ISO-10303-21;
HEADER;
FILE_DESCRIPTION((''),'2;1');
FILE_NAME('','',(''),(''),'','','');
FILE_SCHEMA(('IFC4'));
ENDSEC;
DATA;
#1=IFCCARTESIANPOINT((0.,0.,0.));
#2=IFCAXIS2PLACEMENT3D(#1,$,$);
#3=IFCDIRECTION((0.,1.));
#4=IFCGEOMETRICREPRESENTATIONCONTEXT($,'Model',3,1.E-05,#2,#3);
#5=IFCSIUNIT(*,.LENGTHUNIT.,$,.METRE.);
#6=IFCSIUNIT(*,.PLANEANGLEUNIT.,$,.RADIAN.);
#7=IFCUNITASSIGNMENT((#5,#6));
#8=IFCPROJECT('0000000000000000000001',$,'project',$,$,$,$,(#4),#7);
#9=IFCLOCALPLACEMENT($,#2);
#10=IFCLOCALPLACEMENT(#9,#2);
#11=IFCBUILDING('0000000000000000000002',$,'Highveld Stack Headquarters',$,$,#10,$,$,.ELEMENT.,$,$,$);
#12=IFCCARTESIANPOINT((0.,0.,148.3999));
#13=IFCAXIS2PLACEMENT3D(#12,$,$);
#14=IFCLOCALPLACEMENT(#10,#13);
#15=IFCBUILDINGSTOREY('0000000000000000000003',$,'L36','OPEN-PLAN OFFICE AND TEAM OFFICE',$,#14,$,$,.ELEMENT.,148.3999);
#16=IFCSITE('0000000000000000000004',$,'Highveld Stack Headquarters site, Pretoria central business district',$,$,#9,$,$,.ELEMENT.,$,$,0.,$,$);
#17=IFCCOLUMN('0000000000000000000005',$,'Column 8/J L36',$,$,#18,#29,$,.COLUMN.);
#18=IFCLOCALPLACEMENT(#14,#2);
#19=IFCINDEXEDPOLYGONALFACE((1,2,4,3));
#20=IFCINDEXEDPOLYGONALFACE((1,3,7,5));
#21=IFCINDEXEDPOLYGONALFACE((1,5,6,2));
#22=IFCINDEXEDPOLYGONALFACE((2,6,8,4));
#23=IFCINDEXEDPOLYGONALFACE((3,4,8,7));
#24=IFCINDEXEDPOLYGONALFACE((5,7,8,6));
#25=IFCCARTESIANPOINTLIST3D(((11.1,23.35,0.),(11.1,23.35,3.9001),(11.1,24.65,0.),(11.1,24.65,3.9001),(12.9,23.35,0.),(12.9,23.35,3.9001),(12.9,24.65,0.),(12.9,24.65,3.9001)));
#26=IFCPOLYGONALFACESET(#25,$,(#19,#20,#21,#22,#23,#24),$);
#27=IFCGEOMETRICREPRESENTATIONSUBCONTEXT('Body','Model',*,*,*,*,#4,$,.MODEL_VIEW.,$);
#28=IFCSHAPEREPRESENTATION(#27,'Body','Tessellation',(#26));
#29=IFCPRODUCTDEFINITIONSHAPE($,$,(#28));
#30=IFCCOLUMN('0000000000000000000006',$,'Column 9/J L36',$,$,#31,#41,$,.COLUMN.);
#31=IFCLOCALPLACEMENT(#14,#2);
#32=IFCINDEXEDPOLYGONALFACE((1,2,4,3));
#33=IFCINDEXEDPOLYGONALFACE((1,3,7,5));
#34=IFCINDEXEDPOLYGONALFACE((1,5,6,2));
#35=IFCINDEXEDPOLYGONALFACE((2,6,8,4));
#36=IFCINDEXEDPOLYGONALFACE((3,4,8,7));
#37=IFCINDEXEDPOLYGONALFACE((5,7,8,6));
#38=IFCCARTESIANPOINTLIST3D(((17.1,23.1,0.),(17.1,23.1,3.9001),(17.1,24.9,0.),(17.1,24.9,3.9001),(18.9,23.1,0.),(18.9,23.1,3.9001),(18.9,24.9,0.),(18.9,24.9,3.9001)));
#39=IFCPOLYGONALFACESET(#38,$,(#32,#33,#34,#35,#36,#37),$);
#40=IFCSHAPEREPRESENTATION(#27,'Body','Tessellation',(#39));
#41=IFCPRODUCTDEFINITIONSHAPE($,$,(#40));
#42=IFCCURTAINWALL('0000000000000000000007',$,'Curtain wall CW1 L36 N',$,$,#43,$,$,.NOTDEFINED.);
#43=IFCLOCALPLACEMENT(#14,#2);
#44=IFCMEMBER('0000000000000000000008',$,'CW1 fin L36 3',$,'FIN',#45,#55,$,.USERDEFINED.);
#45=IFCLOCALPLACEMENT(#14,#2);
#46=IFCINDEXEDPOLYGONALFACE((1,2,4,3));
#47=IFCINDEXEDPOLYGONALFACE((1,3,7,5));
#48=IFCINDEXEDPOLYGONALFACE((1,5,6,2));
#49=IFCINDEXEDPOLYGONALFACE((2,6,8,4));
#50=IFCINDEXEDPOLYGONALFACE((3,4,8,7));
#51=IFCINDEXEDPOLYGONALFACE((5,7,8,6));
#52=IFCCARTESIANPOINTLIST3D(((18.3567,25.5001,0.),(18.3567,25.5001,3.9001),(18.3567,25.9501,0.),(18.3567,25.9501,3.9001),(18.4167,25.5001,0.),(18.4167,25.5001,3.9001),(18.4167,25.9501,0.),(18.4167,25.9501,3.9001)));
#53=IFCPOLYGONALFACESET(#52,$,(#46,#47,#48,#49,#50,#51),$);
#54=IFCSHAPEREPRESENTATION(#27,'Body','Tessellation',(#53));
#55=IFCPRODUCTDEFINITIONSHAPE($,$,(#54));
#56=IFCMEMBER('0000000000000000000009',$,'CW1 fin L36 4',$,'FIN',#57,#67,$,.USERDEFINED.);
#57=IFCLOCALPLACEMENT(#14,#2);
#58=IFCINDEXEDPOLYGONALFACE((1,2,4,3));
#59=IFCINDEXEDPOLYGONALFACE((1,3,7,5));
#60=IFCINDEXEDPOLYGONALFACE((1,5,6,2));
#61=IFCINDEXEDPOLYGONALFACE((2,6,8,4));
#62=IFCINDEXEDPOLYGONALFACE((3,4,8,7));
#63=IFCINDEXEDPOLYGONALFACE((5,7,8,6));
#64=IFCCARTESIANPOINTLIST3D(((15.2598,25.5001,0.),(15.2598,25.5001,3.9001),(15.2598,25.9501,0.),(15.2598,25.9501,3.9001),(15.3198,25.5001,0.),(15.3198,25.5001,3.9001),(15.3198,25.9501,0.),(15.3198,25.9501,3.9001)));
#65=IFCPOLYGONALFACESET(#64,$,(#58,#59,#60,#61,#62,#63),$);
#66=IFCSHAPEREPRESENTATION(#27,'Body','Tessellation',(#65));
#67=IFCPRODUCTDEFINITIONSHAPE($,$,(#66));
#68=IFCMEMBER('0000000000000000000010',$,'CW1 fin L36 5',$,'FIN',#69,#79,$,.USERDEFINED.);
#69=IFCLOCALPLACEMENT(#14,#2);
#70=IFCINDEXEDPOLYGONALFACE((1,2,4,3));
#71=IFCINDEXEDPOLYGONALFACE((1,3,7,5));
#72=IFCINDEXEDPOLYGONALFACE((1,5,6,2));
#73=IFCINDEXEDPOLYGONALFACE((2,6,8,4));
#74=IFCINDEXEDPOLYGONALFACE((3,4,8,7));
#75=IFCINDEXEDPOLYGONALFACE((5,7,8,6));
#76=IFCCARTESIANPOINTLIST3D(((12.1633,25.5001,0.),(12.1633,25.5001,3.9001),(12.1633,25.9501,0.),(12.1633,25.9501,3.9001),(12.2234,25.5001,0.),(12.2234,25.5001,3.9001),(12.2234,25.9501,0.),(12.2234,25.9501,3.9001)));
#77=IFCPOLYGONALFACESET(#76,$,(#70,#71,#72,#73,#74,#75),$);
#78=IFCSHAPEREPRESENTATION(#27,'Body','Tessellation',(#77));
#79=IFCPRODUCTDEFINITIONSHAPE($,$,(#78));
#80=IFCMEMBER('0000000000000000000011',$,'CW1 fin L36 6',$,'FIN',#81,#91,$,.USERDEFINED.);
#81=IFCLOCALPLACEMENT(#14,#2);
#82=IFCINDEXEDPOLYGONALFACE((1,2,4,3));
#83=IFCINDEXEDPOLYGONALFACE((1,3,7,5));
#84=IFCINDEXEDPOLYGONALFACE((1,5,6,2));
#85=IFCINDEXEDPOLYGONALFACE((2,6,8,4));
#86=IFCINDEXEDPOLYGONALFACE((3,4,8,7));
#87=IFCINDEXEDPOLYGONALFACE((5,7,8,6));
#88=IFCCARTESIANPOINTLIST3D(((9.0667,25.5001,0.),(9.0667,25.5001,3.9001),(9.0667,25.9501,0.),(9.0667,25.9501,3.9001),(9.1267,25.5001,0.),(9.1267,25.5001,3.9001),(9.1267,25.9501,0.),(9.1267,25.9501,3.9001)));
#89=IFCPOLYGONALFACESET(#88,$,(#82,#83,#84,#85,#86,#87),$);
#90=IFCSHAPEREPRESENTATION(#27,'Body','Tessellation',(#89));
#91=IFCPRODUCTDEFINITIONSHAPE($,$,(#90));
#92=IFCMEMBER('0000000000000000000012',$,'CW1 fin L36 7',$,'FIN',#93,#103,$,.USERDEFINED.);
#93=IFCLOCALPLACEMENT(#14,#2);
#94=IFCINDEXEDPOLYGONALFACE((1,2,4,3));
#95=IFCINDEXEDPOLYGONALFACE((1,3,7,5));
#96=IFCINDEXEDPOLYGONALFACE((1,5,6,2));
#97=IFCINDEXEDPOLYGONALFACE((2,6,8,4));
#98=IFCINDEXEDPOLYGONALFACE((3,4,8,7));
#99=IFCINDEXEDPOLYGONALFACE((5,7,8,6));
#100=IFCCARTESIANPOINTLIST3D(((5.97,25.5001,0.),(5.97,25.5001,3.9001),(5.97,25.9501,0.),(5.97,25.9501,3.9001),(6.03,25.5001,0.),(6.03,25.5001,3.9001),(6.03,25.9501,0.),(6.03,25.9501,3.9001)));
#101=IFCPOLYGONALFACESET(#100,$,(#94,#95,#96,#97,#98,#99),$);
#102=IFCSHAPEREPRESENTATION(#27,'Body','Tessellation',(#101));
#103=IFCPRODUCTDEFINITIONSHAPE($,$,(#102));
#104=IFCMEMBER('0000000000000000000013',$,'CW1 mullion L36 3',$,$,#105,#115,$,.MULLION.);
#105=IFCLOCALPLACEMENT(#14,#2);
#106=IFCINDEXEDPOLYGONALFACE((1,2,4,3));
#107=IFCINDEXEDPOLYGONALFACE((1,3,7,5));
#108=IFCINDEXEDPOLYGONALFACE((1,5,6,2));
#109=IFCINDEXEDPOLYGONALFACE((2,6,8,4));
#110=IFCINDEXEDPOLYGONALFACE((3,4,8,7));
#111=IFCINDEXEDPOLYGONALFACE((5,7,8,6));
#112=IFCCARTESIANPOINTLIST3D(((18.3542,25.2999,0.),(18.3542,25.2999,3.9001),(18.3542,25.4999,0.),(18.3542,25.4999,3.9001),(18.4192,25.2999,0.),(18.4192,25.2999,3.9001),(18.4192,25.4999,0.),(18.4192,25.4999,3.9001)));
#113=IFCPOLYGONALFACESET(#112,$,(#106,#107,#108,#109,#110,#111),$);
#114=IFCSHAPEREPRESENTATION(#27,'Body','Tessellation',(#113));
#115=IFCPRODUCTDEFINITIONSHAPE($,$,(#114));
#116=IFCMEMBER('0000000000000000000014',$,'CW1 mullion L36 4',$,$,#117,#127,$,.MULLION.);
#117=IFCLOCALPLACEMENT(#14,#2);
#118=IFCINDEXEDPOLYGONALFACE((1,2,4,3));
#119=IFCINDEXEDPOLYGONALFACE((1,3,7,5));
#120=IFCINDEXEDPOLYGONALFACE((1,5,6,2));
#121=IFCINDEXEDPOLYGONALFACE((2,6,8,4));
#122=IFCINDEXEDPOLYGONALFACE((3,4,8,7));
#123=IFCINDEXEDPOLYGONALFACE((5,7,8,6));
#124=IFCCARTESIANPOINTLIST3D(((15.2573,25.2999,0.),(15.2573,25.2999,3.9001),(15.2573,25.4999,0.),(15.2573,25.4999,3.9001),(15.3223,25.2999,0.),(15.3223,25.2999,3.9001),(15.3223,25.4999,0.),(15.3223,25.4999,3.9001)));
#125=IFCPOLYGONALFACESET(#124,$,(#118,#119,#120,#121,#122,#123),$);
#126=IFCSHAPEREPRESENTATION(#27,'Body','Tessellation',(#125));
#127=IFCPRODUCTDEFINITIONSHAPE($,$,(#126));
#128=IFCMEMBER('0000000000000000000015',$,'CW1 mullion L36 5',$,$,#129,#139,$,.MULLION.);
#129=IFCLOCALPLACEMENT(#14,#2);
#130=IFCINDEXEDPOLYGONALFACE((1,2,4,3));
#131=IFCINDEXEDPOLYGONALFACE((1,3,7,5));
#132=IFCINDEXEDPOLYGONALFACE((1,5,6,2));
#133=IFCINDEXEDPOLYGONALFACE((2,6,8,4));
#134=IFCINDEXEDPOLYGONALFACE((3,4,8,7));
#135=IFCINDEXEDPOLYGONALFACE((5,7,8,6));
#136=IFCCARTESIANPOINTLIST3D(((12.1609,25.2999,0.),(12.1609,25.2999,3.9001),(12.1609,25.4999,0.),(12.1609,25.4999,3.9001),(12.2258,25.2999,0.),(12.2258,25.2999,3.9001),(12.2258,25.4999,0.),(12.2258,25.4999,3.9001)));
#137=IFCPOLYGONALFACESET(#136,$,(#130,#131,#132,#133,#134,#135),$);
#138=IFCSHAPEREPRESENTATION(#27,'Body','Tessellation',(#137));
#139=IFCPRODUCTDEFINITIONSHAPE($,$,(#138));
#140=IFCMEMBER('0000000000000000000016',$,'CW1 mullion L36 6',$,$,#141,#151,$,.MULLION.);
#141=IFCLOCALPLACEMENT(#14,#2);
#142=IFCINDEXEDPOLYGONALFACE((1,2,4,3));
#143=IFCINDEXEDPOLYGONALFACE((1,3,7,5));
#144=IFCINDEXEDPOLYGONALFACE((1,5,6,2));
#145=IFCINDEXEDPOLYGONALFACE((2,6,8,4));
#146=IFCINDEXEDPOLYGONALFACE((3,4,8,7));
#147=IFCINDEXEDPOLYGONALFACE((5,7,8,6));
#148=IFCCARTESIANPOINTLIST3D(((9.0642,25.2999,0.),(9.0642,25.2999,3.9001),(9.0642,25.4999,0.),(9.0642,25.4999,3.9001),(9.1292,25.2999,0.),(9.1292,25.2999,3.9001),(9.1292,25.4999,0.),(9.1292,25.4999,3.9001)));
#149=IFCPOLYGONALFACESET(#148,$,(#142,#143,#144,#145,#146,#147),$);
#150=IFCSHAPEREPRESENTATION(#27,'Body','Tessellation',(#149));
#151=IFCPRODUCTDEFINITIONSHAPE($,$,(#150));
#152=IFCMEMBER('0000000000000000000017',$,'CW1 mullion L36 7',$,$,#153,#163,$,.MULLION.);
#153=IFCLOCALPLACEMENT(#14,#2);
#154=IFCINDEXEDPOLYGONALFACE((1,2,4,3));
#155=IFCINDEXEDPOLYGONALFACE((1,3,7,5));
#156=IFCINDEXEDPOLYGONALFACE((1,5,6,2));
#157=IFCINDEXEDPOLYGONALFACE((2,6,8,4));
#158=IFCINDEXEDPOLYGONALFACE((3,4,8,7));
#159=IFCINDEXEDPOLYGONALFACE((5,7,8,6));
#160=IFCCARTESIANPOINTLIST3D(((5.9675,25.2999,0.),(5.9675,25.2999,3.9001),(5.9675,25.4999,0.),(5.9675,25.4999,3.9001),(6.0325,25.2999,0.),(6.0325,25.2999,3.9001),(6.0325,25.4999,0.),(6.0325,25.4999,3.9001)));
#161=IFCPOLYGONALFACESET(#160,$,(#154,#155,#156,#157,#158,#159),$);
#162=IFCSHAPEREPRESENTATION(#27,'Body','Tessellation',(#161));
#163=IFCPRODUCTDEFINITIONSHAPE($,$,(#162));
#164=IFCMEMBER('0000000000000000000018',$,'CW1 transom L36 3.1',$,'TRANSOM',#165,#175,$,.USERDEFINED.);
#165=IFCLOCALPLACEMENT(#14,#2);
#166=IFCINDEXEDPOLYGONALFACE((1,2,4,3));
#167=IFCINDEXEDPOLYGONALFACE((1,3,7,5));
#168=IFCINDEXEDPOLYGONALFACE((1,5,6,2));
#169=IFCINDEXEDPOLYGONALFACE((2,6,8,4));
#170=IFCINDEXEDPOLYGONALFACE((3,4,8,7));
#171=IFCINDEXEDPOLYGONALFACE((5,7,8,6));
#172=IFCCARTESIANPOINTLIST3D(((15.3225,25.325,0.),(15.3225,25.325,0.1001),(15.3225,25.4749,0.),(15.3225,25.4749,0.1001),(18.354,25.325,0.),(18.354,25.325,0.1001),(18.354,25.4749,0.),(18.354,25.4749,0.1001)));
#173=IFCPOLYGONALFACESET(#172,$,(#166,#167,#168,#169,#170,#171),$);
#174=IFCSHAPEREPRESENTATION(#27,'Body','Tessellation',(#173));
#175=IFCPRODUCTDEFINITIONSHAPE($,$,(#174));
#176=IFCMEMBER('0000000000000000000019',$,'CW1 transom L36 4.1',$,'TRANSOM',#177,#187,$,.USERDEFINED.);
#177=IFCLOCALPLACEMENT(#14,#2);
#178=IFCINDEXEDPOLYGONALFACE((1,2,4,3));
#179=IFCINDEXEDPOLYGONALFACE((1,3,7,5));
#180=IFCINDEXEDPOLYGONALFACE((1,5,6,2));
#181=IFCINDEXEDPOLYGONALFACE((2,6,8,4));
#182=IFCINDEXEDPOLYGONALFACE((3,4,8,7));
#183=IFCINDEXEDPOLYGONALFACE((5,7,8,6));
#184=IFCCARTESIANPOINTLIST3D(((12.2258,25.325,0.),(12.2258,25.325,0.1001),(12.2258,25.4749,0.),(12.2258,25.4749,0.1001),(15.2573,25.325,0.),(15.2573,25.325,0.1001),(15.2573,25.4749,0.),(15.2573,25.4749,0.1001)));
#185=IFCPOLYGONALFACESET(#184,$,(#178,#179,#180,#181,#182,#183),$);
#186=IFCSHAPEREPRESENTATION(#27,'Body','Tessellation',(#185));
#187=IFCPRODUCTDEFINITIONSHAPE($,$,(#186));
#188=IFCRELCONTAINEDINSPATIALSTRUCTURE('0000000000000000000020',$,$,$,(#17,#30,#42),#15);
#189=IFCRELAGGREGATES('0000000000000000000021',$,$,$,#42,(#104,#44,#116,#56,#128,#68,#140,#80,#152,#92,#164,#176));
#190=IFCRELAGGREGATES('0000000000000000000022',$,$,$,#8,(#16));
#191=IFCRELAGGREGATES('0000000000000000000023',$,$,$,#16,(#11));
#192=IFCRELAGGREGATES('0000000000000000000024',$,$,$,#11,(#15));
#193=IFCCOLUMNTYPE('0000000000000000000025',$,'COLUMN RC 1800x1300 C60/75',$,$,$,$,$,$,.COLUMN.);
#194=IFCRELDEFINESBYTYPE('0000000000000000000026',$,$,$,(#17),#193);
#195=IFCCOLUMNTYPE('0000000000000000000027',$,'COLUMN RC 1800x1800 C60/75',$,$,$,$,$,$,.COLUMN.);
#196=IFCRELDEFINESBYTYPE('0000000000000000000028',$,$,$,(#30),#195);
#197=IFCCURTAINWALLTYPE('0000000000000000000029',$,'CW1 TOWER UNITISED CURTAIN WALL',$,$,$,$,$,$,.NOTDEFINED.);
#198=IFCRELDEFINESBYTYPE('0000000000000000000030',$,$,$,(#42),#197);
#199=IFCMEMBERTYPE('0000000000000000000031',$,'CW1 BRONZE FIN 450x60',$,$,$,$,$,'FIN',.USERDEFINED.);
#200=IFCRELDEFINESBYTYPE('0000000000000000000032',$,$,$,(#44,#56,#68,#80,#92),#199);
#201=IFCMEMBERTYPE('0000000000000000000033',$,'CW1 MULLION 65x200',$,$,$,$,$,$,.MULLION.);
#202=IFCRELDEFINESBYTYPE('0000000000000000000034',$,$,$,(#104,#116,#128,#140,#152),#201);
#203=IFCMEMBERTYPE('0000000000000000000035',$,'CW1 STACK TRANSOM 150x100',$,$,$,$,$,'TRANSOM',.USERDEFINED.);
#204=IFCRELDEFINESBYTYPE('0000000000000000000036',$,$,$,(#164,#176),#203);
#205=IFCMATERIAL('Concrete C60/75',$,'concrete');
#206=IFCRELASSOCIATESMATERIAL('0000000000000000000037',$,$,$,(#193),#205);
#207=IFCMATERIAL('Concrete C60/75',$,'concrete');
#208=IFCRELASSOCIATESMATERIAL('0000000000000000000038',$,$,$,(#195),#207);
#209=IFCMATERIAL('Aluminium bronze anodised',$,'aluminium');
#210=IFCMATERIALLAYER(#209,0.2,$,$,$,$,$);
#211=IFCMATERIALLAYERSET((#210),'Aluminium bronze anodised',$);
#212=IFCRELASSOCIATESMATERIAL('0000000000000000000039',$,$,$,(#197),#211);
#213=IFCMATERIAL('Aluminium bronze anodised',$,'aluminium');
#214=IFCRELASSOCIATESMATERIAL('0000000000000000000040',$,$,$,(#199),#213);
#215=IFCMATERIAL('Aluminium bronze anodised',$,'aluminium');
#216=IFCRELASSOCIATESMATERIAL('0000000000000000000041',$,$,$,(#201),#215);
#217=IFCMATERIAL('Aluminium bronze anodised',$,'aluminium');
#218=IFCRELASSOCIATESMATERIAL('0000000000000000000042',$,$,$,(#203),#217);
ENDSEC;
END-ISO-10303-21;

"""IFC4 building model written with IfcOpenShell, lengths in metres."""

from ifc_helpers import new_model, si_unit, direction, frame, origin, origin_2d, place, context, subcontext, project, spatial, rectangle, extrude, material, layer, layer_set, material_profile, profile_set, type_object, element, aggregate, save


model = new_model("IFC4")

# Units and contexts
model_context = context("Model", 3, precision=1e-05, world=origin(), true_north=direction((0.0, 1.0)))
body_context = subcontext(model_context, "Body", "Model", "MODEL_VIEW")
ifc_project = project(units=[si_unit("LENGTHUNIT", "METRE"), si_unit("PLANEANGLEUNIT", "RADIAN")], contexts=[model_context])

# Site, building, storey
site_placement = place(None, origin())
site = spatial("IfcSite", under=ifc_project, at=site_placement, Name="Highveld Stack Headquarters site, Pretoria central business district", CompositionType="ELEMENT", RefElevation=0.0)
building_placement = place(site_placement, origin())
building = spatial("IfcBuilding", under=site, at=building_placement, Name="Highveld Stack Headquarters", CompositionType="ELEMENT")
storey_placement = place(building_placement, frame((0.0, 0.0, 148.3999)))
storey = spatial("IfcBuildingStorey", under=building, at=storey_placement, Name="L36", Description="OPEN-PLAN OFFICE AND TEAM OFFICE", CompositionType="ELEMENT", Elevation=148.3999)

# Columns
ifc_material_1 = material(Name="Concrete C60/75", Category="concrete")
ifc_material_profile_1 = material_profile(ifc_material_1, rectangle(XDim=1.8, YDim=1.3, at=origin_2d()), Name="RC 1800x1300")
ifc_profile_set_1 = profile_set([ifc_material_profile_1], Name="Concrete C60/75")
column_type_1 = type_object("IfcColumnType", Name="COLUMN RC 1800x1300 C60/75", PredefinedType="COLUMN", material=ifc_profile_set_1)
column_1_placement = place(storey_placement, frame((12.0, 24.0, 0.0), z_axis=(0.0, 0.0, 1.0), x_axis=(1.0, 0.0, 0.0)))
element("IfcColumn", 1, at=column_1_placement, inside=storey, type_object=column_type_1, Name="Column 8/J L36", PredefinedType="COLUMN", context=body_context, shape_type="SweptSolid", body=[
    extrude(rectangle(XDim=1.8, YDim=1.3, at=origin_2d()), origin(), (0.0, 0.0, 1.0), 3.9001),
])
ifc_material_2 = material(Name="Concrete C60/75", Category="concrete")
ifc_material_profile_2 = material_profile(ifc_material_2, rectangle(XDim=1.8, YDim=1.8, at=origin_2d()), Name="RC 1800x1800")
ifc_profile_set_2 = profile_set([ifc_material_profile_2], Name="Concrete C60/75")
column_type_2 = type_object("IfcColumnType", Name="COLUMN RC 1800x1800 C60/75", PredefinedType="COLUMN", material=ifc_profile_set_2)
column_2_placement = place(storey_placement, frame((18.0, 24.0, 0.0), z_axis=(0.0, 0.0, 1.0), x_axis=(1.0, 0.0, 0.0)))
element("IfcColumn", 2, at=column_2_placement, inside=storey, type_object=column_type_2, Name="Column 9/J L36", PredefinedType="COLUMN", context=body_context, shape_type="SweptSolid", body=[
    extrude(rectangle(XDim=1.8, YDim=1.8, at=origin_2d()), origin(), (0.0, 0.0, 1.0), 3.9001),
])

# Curtain wall, members
ifc_material_3 = material(Name="Aluminium bronze anodised", Category="aluminium")
ifc_layer_1 = layer(ifc_material_3, 0.2)
ifc_layer_set_1 = layer_set([ifc_layer_1], Name="Aluminium bronze anodised")
curtain_wall_type = type_object("IfcCurtainWallType", Name="CW1 TOWER UNITISED CURTAIN WALL", PredefinedType="NOTDEFINED", material=ifc_layer_set_1)
curtain_wall_placement = place(storey_placement, origin())
curtain_wall = element("IfcCurtainWall", 3, at=curtain_wall_placement, inside=storey, type_object=curtain_wall_type, Name="Curtain wall CW1 L36 N", PredefinedType="NOTDEFINED")
ifc_material_4 = material(Name="Aluminium bronze anodised", Category="aluminium")
ifc_material_profile_3 = material_profile(ifc_material_4, rectangle(XDim=0.45, YDim=0.0601, at=origin_2d()), Name="FIN 450x60")
ifc_profile_set_3 = profile_set([ifc_material_profile_3], Name="Aluminium bronze anodised")
member_type_1 = type_object("IfcMemberType", Name="CW1 BRONZE FIN 450x60", ElementType="FIN", PredefinedType="USERDEFINED", material=ifc_profile_set_3)
member_1_placement = place(storey_placement, frame((18.3867, 25.7251, 0.0), z_axis=(0.0, 0.0, 1.0), x_axis=(0.0, -1.0, 0.0)))
member_1 = element("IfcMember", 4, at=member_1_placement, type_object=member_type_1, Name="CW1 fin L36 3", ObjectType="FIN", PredefinedType="USERDEFINED", context=body_context, shape_type="SweptSolid", body=[
    extrude(rectangle(XDim=0.45, YDim=0.0601, at=origin_2d()), origin(), (0.0, 0.0, 1.0), 3.9001),
])
member_2_placement = place(storey_placement, frame((15.2898, 25.7251, 0.0), z_axis=(0.0, 0.0, 1.0), x_axis=(0.0, -1.0, 0.0)))
member_2 = element("IfcMember", 5, at=member_2_placement, type_object=member_type_1, Name="CW1 fin L36 4", ObjectType="FIN", PredefinedType="USERDEFINED", context=body_context, shape_type="SweptSolid", body=[
    extrude(rectangle(XDim=0.45, YDim=0.0601, at=origin_2d()), origin(), (0.0, 0.0, 1.0), 3.9001),
])
member_3_placement = place(storey_placement, frame((12.1934, 25.7251, 0.0), z_axis=(0.0, 0.0, 1.0), x_axis=(0.0, -1.0, 0.0)))
member_3 = element("IfcMember", 6, at=member_3_placement, type_object=member_type_1, Name="CW1 fin L36 5", ObjectType="FIN", PredefinedType="USERDEFINED", context=body_context, shape_type="SweptSolid", body=[
    extrude(rectangle(XDim=0.45, YDim=0.0601, at=origin_2d()), origin(), (0.0, 0.0, 1.0), 3.9001),
])
member_4_placement = place(storey_placement, frame((9.0967, 25.7251, 0.0), z_axis=(0.0, 0.0, 1.0), x_axis=(0.0, -1.0, 0.0)))
member_4 = element("IfcMember", 7, at=member_4_placement, type_object=member_type_1, Name="CW1 fin L36 6", ObjectType="FIN", PredefinedType="USERDEFINED", context=body_context, shape_type="SweptSolid", body=[
    extrude(rectangle(XDim=0.45, YDim=0.0601, at=origin_2d()), origin(), (0.0, 0.0, 1.0), 3.9001),
])
member_5_placement = place(storey_placement, frame((6.0, 25.7251, 0.0), z_axis=(0.0, 0.0, 1.0), x_axis=(0.0, -1.0, 0.0)))
member_5 = element("IfcMember", 8, at=member_5_placement, type_object=member_type_1, Name="CW1 fin L36 7", ObjectType="FIN", PredefinedType="USERDEFINED", context=body_context, shape_type="SweptSolid", body=[
    extrude(rectangle(XDim=0.45, YDim=0.0601, at=origin_2d()), origin(), (0.0, 0.0, 1.0), 3.9001),
])
ifc_material_5 = material(Name="Aluminium bronze anodised", Category="aluminium")
ifc_material_profile_4 = material_profile(ifc_material_5, rectangle(XDim=0.2, YDim=0.0649, at=origin_2d()), Name="CW1 MULLION 65x200")
ifc_profile_set_4 = profile_set([ifc_material_profile_4], Name="Aluminium bronze anodised")
member_type_2 = type_object("IfcMemberType", Name="CW1 MULLION 65x200", PredefinedType="MULLION", material=ifc_profile_set_4)
member_6_placement = place(storey_placement, frame((18.3867, 25.3999, 0.0), z_axis=(0.0, 0.0, 1.0), x_axis=(0.0, -1.0, 0.0)))
member_6 = element("IfcMember", 9, at=member_6_placement, type_object=member_type_2, Name="CW1 mullion L36 3", PredefinedType="MULLION", context=body_context, shape_type="SweptSolid", body=[
    extrude(rectangle(XDim=0.2, YDim=0.0649, at=origin_2d()), origin(), (0.0, 0.0, 1.0), 3.9001),
])
member_7_placement = place(storey_placement, frame((15.2898, 25.3999, 0.0), z_axis=(0.0, 0.0, 1.0), x_axis=(0.0, -1.0, 0.0)))
member_7 = element("IfcMember", 10, at=member_7_placement, type_object=member_type_2, Name="CW1 mullion L36 4", PredefinedType="MULLION", context=body_context, shape_type="SweptSolid", body=[
    extrude(rectangle(XDim=0.2, YDim=0.0649, at=origin_2d()), origin(), (0.0, 0.0, 1.0), 3.9001),
])
member_8_placement = place(storey_placement, frame((12.1934, 25.3999, 0.0), z_axis=(0.0, 0.0, 1.0), x_axis=(0.0, -1.0, 0.0)))
member_8 = element("IfcMember", 11, at=member_8_placement, type_object=member_type_2, Name="CW1 mullion L36 5", PredefinedType="MULLION", context=body_context, shape_type="SweptSolid", body=[
    extrude(rectangle(XDim=0.2, YDim=0.0649, at=origin_2d()), origin(), (0.0, 0.0, 1.0), 3.9001),
])
member_9_placement = place(storey_placement, frame((9.0967, 25.3999, 0.0), z_axis=(0.0, 0.0, 1.0), x_axis=(0.0, -1.0, 0.0)))
member_9 = element("IfcMember", 12, at=member_9_placement, type_object=member_type_2, Name="CW1 mullion L36 6", PredefinedType="MULLION", context=body_context, shape_type="SweptSolid", body=[
    extrude(rectangle(XDim=0.2, YDim=0.0649, at=origin_2d()), origin(), (0.0, 0.0, 1.0), 3.9001),
])
member_10_placement = place(storey_placement, frame((6.0, 25.3999, 0.0), z_axis=(0.0, 0.0, 1.0), x_axis=(0.0, -1.0, 0.0)))
member_10 = element("IfcMember", 13, at=member_10_placement, type_object=member_type_2, Name="CW1 mullion L36 7", PredefinedType="MULLION", context=body_context, shape_type="SweptSolid", body=[
    extrude(rectangle(XDim=0.2, YDim=0.0649, at=origin_2d()), origin(), (0.0, 0.0, 1.0), 3.9001),
])
ifc_material_6 = material(Name="Aluminium bronze anodised", Category="aluminium")
ifc_material_profile_5 = material_profile(ifc_material_6, rectangle(XDim=0.1499, YDim=0.1001, at=origin_2d()), Name="CW1 TRANSOM 150x100")
ifc_profile_set_5 = profile_set([ifc_material_profile_5], Name="Aluminium bronze anodised")
member_type_3 = type_object("IfcMemberType", Name="CW1 STACK TRANSOM 150x100", ElementType="TRANSOM", PredefinedType="USERDEFINED", material=ifc_profile_set_5)
member_11_placement = place(storey_placement, frame((18.354, 25.3999, 0.05), z_axis=(-1.0, 0.0, 0.0), x_axis=(0.0, -1.0, 0.0)))
member_11 = element("IfcMember", 14, at=member_11_placement, type_object=member_type_3, Name="CW1 transom L36 3.1", ObjectType="TRANSOM", PredefinedType="USERDEFINED", context=body_context, shape_type="SweptSolid", body=[
    extrude(rectangle(XDim=0.1499, YDim=0.1001, at=origin_2d()), origin(), (0.0, 0.0, 1.0), 3.0315),
])
member_12_placement = place(storey_placement, frame((15.2573, 25.3999, 0.05), z_axis=(-1.0, 0.0, 0.0), x_axis=(0.0, -1.0, 0.0)))
member_12 = element("IfcMember", 15, at=member_12_placement, type_object=member_type_3, Name="CW1 transom L36 4.1", ObjectType="TRANSOM", PredefinedType="USERDEFINED", context=body_context, shape_type="SweptSolid", body=[
    extrude(rectangle(XDim=0.1499, YDim=0.1001, at=origin_2d()), origin(), (0.0, 0.0, 1.0), 3.0315),
])
aggregate(curtain_wall, [member_6, member_1, member_7, member_2, member_8, member_3, member_9, member_4, member_10, member_5, member_11, member_12])

save(model, "model.ifc")
